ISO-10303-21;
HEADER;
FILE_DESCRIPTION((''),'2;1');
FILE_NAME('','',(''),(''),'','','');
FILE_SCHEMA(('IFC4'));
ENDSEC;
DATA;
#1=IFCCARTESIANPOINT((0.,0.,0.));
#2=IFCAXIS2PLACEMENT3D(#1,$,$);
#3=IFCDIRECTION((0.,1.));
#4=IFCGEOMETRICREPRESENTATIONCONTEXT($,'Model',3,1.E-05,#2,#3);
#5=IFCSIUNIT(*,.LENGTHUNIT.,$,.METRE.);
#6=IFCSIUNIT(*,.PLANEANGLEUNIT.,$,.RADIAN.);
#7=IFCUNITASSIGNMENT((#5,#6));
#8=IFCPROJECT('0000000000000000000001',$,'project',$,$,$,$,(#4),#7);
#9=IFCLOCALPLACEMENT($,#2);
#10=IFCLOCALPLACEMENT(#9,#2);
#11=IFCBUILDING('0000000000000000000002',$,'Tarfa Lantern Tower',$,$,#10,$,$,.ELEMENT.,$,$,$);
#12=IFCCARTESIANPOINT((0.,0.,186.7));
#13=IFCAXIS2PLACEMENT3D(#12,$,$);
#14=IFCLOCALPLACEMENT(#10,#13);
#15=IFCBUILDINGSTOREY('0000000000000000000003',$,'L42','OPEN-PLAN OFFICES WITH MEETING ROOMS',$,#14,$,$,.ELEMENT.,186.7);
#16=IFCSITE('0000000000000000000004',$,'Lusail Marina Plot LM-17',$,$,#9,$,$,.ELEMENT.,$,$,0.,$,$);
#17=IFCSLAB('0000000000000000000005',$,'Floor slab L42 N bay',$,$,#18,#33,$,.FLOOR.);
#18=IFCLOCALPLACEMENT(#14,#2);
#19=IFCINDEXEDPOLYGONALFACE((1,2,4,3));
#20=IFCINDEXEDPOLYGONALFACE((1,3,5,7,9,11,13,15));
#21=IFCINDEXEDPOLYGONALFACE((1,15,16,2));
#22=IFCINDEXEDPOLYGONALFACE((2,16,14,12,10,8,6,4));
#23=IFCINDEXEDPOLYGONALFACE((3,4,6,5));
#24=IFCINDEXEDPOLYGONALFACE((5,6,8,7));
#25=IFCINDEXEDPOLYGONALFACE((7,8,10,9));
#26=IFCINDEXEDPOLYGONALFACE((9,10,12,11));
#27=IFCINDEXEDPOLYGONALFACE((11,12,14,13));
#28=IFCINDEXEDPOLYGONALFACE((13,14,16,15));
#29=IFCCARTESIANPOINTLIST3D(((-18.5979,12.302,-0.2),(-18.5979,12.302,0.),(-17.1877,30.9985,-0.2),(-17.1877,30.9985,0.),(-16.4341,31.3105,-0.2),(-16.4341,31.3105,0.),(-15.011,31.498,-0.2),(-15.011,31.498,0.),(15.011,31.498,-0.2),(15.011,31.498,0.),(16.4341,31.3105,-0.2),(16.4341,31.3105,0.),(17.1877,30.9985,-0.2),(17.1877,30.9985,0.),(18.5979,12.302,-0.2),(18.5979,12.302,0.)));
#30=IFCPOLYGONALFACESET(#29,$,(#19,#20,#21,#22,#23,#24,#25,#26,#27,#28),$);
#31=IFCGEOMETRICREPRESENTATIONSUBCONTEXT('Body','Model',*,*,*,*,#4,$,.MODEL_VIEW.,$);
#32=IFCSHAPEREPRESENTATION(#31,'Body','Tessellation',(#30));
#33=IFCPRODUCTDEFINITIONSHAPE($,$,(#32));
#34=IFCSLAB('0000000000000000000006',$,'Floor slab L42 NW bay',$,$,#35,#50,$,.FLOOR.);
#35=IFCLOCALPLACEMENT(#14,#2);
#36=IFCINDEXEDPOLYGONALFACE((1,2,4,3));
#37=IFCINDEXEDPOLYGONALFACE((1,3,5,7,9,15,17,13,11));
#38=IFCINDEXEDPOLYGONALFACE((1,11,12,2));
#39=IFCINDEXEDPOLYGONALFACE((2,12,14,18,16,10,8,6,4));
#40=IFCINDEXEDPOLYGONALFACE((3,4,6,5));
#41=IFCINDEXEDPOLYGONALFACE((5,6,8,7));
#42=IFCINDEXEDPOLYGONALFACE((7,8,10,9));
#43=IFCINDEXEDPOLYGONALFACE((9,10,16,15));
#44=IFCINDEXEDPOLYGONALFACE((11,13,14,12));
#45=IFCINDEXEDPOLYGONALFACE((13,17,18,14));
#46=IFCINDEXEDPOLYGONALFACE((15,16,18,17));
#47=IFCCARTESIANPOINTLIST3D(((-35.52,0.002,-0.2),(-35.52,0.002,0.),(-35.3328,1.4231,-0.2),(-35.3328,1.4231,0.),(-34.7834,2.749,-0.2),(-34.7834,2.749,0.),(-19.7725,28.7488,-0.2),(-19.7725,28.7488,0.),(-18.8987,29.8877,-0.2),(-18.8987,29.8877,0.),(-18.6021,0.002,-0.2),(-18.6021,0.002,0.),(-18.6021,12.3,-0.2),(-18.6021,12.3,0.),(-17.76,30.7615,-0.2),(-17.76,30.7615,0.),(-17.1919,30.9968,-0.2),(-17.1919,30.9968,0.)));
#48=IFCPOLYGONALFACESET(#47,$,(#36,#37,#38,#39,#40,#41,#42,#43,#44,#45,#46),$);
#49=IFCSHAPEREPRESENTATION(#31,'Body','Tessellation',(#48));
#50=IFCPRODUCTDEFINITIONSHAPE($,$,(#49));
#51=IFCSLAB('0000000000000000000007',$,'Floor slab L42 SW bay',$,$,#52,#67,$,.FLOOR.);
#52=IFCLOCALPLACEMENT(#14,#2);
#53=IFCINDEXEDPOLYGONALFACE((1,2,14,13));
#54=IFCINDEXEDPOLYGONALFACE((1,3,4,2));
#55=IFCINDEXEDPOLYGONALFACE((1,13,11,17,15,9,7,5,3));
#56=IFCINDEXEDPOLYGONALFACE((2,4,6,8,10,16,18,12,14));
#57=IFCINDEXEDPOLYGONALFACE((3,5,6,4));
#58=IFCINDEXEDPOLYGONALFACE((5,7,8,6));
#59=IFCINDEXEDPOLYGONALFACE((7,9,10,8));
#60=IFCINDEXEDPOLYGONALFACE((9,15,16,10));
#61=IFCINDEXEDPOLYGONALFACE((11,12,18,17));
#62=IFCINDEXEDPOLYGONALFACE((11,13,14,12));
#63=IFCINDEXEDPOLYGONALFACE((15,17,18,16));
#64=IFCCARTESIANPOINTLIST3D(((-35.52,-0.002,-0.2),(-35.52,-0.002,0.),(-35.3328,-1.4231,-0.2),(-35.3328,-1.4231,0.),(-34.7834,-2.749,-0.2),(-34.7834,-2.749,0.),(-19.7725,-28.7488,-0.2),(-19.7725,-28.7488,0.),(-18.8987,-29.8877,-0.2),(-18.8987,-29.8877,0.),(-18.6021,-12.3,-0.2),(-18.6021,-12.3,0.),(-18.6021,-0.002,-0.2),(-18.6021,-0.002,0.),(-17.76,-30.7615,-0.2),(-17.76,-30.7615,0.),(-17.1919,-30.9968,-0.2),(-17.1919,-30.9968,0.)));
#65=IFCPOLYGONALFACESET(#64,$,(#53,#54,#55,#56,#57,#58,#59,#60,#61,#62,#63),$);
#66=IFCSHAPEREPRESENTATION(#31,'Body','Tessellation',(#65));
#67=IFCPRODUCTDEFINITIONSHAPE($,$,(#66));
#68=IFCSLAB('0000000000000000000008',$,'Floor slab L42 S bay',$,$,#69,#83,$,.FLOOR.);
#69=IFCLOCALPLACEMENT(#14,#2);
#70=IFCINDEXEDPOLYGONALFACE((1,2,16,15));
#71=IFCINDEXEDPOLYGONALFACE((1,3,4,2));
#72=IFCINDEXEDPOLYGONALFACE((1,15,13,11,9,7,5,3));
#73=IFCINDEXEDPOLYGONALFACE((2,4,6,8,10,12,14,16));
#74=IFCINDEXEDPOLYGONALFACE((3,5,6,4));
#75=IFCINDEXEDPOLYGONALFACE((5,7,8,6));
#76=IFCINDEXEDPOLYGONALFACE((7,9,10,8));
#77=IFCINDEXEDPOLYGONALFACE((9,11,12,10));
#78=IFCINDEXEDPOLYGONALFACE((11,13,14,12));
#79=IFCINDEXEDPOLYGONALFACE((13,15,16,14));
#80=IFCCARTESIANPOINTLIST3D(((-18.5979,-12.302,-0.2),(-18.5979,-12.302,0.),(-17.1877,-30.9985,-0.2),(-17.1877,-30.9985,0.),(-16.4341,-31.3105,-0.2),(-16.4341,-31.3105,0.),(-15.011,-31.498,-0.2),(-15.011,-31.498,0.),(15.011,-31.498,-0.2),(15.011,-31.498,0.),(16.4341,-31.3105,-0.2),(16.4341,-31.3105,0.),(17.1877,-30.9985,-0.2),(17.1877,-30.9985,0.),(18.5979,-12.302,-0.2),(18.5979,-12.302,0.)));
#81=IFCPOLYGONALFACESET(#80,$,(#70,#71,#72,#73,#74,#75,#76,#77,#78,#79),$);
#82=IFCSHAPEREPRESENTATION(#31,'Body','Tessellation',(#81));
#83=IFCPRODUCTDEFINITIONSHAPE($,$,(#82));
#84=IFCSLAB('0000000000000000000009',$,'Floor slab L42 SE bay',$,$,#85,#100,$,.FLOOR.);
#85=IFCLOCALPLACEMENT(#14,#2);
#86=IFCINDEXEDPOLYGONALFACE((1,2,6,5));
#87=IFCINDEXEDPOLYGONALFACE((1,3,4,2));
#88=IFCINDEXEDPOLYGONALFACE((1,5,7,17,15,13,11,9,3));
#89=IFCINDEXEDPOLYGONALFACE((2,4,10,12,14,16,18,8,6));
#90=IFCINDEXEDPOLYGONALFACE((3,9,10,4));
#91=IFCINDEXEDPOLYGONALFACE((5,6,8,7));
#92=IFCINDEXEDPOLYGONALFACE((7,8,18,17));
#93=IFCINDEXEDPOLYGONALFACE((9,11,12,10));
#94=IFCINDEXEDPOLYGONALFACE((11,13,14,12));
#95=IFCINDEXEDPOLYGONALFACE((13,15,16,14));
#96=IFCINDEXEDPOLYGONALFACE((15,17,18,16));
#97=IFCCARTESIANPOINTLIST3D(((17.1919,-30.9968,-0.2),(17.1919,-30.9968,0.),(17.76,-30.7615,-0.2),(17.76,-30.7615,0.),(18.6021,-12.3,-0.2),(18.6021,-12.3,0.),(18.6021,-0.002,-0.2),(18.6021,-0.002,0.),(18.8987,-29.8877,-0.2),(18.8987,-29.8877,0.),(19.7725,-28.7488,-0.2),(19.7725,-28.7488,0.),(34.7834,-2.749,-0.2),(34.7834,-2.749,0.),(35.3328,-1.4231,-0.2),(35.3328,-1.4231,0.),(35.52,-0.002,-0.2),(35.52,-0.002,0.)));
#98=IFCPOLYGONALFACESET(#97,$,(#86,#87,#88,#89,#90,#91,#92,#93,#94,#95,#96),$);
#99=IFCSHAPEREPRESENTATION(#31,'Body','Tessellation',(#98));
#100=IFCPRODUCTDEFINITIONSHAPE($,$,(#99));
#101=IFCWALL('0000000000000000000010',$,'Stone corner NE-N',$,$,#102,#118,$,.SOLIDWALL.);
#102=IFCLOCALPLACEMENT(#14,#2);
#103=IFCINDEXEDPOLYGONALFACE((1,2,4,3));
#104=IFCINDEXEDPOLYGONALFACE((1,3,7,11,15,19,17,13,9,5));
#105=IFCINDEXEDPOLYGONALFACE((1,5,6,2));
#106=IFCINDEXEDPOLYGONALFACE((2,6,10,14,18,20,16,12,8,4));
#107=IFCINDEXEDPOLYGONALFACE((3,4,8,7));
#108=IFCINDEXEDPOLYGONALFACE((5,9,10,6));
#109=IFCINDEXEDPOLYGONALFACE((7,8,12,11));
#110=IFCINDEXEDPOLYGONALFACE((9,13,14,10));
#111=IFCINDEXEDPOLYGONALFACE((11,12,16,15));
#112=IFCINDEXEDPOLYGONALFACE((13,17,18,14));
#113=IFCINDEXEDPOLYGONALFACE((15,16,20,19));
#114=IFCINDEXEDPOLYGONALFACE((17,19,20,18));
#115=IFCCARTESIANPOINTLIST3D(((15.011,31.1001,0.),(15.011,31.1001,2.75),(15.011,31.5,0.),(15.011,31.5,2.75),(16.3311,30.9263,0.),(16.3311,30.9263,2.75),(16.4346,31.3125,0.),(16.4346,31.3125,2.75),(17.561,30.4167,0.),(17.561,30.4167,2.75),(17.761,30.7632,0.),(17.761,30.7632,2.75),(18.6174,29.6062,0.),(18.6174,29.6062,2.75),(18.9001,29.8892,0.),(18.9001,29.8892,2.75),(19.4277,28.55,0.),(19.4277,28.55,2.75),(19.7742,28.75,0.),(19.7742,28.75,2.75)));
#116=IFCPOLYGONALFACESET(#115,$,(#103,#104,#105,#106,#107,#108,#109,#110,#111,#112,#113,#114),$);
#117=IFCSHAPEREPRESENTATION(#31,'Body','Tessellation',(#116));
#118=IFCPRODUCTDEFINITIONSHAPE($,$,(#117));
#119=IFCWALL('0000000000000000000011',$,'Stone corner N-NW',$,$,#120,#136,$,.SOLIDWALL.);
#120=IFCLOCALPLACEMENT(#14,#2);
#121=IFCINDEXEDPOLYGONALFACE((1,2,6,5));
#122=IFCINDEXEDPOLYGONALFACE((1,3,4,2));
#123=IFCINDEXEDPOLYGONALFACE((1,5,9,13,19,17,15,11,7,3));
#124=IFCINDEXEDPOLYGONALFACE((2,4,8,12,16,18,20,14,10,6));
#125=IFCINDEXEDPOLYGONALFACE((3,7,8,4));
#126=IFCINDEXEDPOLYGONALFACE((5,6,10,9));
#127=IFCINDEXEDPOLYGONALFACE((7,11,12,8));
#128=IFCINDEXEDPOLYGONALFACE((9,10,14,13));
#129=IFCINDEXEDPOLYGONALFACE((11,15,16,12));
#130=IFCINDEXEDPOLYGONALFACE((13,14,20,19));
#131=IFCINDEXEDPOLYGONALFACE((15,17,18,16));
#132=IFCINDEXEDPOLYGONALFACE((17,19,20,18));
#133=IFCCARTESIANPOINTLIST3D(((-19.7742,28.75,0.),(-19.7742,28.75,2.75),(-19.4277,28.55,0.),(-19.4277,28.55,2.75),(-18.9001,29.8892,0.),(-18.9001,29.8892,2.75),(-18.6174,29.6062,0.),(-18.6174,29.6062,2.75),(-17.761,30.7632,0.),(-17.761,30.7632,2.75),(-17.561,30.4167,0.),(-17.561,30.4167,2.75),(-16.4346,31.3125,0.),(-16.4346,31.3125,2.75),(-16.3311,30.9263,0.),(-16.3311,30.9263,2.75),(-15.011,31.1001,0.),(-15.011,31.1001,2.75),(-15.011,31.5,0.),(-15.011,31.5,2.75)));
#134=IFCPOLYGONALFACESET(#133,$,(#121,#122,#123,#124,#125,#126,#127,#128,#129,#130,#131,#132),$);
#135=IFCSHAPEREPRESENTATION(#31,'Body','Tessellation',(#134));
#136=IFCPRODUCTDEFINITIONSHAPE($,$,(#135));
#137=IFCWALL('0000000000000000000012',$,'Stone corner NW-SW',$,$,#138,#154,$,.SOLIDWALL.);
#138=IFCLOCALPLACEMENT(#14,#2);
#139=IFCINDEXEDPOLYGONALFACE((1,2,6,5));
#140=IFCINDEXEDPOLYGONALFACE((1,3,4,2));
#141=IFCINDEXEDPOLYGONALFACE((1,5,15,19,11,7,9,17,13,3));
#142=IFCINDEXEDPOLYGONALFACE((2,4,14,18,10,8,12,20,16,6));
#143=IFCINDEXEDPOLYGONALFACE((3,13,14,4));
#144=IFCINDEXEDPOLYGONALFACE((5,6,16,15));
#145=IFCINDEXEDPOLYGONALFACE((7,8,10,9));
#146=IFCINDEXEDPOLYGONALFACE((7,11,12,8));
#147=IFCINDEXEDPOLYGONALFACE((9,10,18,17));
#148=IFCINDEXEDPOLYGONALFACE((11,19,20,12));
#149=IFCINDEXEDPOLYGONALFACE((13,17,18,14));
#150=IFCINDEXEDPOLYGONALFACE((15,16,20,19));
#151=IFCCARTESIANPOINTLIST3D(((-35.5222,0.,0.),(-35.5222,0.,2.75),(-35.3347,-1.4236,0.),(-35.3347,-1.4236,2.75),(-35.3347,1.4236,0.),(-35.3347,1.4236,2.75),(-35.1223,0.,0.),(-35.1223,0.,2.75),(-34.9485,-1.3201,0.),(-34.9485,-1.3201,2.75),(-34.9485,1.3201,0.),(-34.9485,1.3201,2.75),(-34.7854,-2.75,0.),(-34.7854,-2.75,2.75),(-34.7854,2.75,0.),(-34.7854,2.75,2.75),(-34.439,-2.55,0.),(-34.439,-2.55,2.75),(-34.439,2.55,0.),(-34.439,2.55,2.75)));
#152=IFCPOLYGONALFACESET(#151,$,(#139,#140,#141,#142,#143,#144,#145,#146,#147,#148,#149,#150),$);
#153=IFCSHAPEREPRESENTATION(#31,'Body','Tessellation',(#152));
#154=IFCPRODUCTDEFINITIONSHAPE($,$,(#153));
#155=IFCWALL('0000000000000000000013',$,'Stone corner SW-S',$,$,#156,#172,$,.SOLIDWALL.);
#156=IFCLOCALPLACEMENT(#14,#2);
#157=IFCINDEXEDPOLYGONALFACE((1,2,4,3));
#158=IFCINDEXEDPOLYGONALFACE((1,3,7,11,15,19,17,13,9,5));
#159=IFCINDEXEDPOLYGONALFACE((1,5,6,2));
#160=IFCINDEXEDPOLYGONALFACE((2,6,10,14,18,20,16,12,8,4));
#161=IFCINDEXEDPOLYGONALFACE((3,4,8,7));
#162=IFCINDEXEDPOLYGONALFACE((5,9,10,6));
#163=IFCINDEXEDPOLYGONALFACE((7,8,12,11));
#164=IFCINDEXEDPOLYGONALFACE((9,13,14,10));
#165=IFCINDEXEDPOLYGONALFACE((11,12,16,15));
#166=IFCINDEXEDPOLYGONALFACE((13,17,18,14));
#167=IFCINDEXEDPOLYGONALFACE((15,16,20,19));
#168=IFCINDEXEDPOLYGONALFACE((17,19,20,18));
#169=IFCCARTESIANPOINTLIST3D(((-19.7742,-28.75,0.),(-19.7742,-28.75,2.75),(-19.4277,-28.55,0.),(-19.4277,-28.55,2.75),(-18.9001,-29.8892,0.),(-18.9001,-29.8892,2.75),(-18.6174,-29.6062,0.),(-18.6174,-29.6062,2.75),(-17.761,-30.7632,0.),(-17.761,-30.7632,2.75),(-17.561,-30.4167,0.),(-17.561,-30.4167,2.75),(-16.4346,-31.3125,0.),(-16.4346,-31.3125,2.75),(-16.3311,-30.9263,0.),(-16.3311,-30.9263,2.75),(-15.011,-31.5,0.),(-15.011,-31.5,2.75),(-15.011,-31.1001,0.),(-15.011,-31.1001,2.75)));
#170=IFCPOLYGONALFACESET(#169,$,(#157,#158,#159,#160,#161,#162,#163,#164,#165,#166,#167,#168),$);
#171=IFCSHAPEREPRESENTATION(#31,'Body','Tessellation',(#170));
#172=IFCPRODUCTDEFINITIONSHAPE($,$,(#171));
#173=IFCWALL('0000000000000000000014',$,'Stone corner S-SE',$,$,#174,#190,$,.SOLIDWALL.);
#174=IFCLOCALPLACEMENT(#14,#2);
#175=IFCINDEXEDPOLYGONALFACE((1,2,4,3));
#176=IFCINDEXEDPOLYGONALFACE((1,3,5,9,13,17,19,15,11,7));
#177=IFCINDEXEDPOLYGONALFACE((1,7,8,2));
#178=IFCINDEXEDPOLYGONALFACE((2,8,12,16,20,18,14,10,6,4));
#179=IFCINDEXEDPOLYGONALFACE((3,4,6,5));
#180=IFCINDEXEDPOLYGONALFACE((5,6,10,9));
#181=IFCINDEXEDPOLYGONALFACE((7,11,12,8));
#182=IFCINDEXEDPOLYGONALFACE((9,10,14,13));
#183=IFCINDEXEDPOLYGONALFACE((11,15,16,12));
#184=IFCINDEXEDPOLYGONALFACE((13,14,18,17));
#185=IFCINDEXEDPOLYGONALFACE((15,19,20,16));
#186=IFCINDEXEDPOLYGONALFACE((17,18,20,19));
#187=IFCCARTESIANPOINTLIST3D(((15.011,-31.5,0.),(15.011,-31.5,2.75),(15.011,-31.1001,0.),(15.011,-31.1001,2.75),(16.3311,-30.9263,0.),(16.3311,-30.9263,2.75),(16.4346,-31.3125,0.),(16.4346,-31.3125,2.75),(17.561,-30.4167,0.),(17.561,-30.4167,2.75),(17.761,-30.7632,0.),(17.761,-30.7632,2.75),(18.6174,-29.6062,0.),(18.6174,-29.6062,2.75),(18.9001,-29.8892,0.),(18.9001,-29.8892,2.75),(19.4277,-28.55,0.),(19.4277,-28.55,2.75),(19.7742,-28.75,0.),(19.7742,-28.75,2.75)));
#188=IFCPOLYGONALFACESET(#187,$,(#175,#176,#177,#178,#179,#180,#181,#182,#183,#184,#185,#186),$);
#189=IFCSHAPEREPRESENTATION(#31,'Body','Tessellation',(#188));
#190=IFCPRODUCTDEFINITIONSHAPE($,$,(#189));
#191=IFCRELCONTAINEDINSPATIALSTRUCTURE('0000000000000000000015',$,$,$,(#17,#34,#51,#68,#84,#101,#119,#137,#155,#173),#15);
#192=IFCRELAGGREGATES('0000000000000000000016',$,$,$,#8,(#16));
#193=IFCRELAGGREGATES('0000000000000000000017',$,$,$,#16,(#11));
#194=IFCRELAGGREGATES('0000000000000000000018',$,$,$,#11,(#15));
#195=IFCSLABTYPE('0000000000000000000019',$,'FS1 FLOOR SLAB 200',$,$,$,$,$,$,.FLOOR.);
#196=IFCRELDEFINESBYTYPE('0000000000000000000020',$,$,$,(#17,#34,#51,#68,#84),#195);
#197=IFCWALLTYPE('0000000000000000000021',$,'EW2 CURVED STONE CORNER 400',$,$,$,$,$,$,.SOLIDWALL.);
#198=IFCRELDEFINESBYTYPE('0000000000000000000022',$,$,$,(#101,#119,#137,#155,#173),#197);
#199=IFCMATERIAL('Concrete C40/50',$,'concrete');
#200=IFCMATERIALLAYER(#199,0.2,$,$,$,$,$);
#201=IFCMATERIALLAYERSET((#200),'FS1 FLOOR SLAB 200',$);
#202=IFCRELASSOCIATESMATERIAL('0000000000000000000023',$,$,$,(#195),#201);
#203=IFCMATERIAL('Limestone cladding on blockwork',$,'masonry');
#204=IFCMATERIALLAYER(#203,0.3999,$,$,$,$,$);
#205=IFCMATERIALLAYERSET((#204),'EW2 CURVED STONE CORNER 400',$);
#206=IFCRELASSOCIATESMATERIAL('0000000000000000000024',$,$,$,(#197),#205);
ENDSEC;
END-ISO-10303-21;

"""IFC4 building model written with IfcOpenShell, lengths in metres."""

from ifc_helpers import new_model, si_unit, direction, frame, origin, place, context, subcontext, project, spatial, polyline, outline, extrude, material, layer, layer_set, type_object, element, save


model = new_model("IFC4")

# Units and contexts
model_context = context("Model", 3, precision=1e-05, world=origin(), true_north=direction((0.0, 1.0)))
body_context = subcontext(model_context, "Body", "Model", "MODEL_VIEW")
ifc_project = project(units=[si_unit("LENGTHUNIT", "METRE"), si_unit("PLANEANGLEUNIT", "RADIAN")], contexts=[model_context])

# Site, building, storey
site_placement = place(None, origin())
site = spatial("IfcSite", under=ifc_project, at=site_placement, Name="Lusail Marina Plot LM-17", CompositionType="ELEMENT", RefElevation=0.0)
building_placement = place(site_placement, origin())
building = spatial("IfcBuilding", under=site, at=building_placement, Name="Tarfa Lantern Tower", CompositionType="ELEMENT")
storey_placement = place(building_placement, frame((0.0, 0.0, 186.7)))
storey = spatial("IfcBuildingStorey", under=building, at=storey_placement, Name="L42", Description="OPEN-PLAN OFFICES WITH MEETING ROOMS", CompositionType="ELEMENT", Elevation=186.7)

# Slabs
ifc_material_1 = material(Name="Concrete C40/50", Category="concrete")
ifc_layer_1 = layer(ifc_material_1, 0.2)
ifc_layer_set_1 = layer_set([ifc_layer_1], Name="FS1 FLOOR SLAB 200")
slab_type_1 = type_object("IfcSlabType", Name="FS1 FLOOR SLAB 200", PredefinedType="FLOOR", material=ifc_layer_set_1)
slab_1_placement = place(storey_placement, frame((0.0, 0.0, -0.2)))
element("IfcSlab", 1, at=slab_1_placement, inside=storey, type_object=slab_type_1, Name="Floor slab L42 N bay", PredefinedType="FLOOR", context=body_context, shape_type="SweptSolid", body=[
    extrude(outline(polyline([(-18.5979, 12.302), (18.5979, 12.302), (17.1877, 30.9985), (16.4341, 31.3105), (15.011, 31.498), (-15.011, 31.498), (-16.4341, 31.3105), (-17.1877, 30.9985), (-18.5979, 12.302)])), origin(), (0.0, 0.0, 1.0), 0.2),
])
slab_2_placement = place(storey_placement, frame((0.0, 0.0, -0.2)))
element("IfcSlab", 2, at=slab_2_placement, inside=storey, type_object=slab_type_1, Name="Floor slab L42 NW bay", PredefinedType="FLOOR", context=body_context, shape_type="SweptSolid", body=[
    extrude(outline(polyline([(-18.6021, 0.002), (-18.6021, 12.3), (-17.1919, 30.9968), (-17.76, 30.7615), (-18.8987, 29.8877), (-19.7725, 28.7488), (-34.7834, 2.749), (-35.3328, 1.4231), (-35.52, 0.002), (-18.6021, 0.002)])), origin(), (0.0, 0.0, 1.0), 0.2),
])
slab_3_placement = place(storey_placement, frame((0.0, 0.0, -0.2)))
element("IfcSlab", 3, at=slab_3_placement, inside=storey, type_object=slab_type_1, Name="Floor slab L42 SW bay", PredefinedType="FLOOR", context=body_context, shape_type="SweptSolid", body=[
    extrude(outline(polyline([(-18.6021, -12.3), (-18.6021, -0.002), (-35.52, -0.002), (-35.3328, -1.4231), (-34.7834, -2.749), (-19.7725, -28.7488), (-18.8987, -29.8877), (-17.76, -30.7615), (-17.1919, -30.9968), (-18.6021, -12.3)])), origin(), (0.0, 0.0, 1.0), 0.2),
])
slab_4_placement = place(storey_placement, frame((0.0, 0.0, -0.2)))
element("IfcSlab", 4, at=slab_4_placement, inside=storey, type_object=slab_type_1, Name="Floor slab L42 S bay", PredefinedType="FLOOR", context=body_context, shape_type="SweptSolid", body=[
    extrude(outline(polyline([(18.5979, -12.302), (-18.5979, -12.302), (-17.1877, -30.9985), (-16.4341, -31.3105), (-15.011, -31.498), (15.011, -31.498), (16.4341, -31.3105), (17.1877, -30.9985), (18.5979, -12.302)])), origin(), (0.0, 0.0, 1.0), 0.2),
])
slab_5_placement = place(storey_placement, frame((0.0, 0.0, -0.2)))
element("IfcSlab", 5, at=slab_5_placement, inside=storey, type_object=slab_type_1, Name="Floor slab L42 SE bay", PredefinedType="FLOOR", context=body_context, shape_type="SweptSolid", body=[
    extrude(outline(polyline([(18.6021, -0.002), (18.6021, -12.3), (17.1919, -30.9968), (17.76, -30.7615), (18.8987, -29.8877), (19.7725, -28.7488), (34.7834, -2.749), (35.3328, -1.4231), (35.52, -0.002), (18.6021, -0.002)])), origin(), (0.0, 0.0, 1.0), 0.2),
])

# Walls
ifc_material_2 = material(Name="Limestone cladding on blockwork", Category="masonry")
ifc_layer_2 = layer(ifc_material_2, 0.3999)
ifc_layer_set_2 = layer_set([ifc_layer_2], Name="EW2 CURVED STONE CORNER 400")
wall_type_1 = type_object("IfcWallType", Name="EW2 CURVED STONE CORNER 400", PredefinedType="SOLIDWALL", material=ifc_layer_set_2)
wall_1_placement = place(storey_placement, origin())
element("IfcWall", 6, at=wall_1_placement, inside=storey, type_object=wall_type_1, Name="Stone corner NE-N", PredefinedType="SOLIDWALL", context=body_context, shape_type="SweptSolid", body=[
    extrude(outline(polyline([(19.7742, 28.75), (18.9001, 29.8892), (17.761, 30.7632), (16.4346, 31.3125), (15.011, 31.5), (15.011, 31.1001), (16.3311, 30.9263), (17.561, 30.4167), (18.6174, 29.6062), (19.4277, 28.55), (19.7742, 28.75)])), origin(), (0.0, 0.0, 1.0), 2.75),
])
wall_2_placement = place(storey_placement, origin())
element("IfcWall", 7, at=wall_2_placement, inside=storey, type_object=wall_type_1, Name="Stone corner N-NW", PredefinedType="SOLIDWALL", context=body_context, shape_type="SweptSolid", body=[
    extrude(outline(polyline([(-15.011, 31.5), (-16.4346, 31.3125), (-17.761, 30.7632), (-18.9001, 29.8892), (-19.7742, 28.75), (-19.4277, 28.55), (-18.6174, 29.6062), (-17.561, 30.4167), (-16.3311, 30.9263), (-15.011, 31.1001), (-15.011, 31.5)])), origin(), (0.0, 0.0, 1.0), 2.75),
])
wall_3_placement = place(storey_placement, origin())
element("IfcWall", 8, at=wall_3_placement, inside=storey, type_object=wall_type_1, Name="Stone corner NW-SW", PredefinedType="SOLIDWALL", context=body_context, shape_type="SweptSolid", body=[
    extrude(outline(polyline([(-34.7854, 2.75), (-35.3347, 1.4236), (-35.5222, 0.0), (-35.3347, -1.4236), (-34.7854, -2.75), (-34.439, -2.55), (-34.9485, -1.3201), (-35.1223, 0.0), (-34.9485, 1.3201), (-34.439, 2.55), (-34.7854, 2.75)])), origin(), (0.0, 0.0, 1.0), 2.75),
])
wall_4_placement = place(storey_placement, origin())
element("IfcWall", 9, at=wall_4_placement, inside=storey, type_object=wall_type_1, Name="Stone corner SW-S", PredefinedType="SOLIDWALL", context=body_context, shape_type="SweptSolid", body=[
    extrude(outline(polyline([(-19.7742, -28.75), (-18.9001, -29.8892), (-17.761, -30.7632), (-16.4346, -31.3125), (-15.011, -31.5), (-15.011, -31.1001), (-16.3311, -30.9263), (-17.561, -30.4167), (-18.6174, -29.6062), (-19.4277, -28.55), (-19.7742, -28.75)])), origin(), (0.0, 0.0, 1.0), 2.75),
])
wall_5_placement = place(storey_placement, origin())
element("IfcWall", 10, at=wall_5_placement, inside=storey, type_object=wall_type_1, Name="Stone corner S-SE", PredefinedType="SOLIDWALL", context=body_context, shape_type="SweptSolid", body=[
    extrude(outline(polyline([(15.011, -31.5), (16.4346, -31.3125), (17.761, -30.7632), (18.9001, -29.8892), (19.7742, -28.75), (19.4277, -28.55), (18.6174, -29.6062), (17.561, -30.4167), (16.3311, -30.9263), (15.011, -31.1001), (15.011, -31.5)])), origin(), (0.0, 0.0, 1.0), 2.75),
])

save(model, "model.ifc")
